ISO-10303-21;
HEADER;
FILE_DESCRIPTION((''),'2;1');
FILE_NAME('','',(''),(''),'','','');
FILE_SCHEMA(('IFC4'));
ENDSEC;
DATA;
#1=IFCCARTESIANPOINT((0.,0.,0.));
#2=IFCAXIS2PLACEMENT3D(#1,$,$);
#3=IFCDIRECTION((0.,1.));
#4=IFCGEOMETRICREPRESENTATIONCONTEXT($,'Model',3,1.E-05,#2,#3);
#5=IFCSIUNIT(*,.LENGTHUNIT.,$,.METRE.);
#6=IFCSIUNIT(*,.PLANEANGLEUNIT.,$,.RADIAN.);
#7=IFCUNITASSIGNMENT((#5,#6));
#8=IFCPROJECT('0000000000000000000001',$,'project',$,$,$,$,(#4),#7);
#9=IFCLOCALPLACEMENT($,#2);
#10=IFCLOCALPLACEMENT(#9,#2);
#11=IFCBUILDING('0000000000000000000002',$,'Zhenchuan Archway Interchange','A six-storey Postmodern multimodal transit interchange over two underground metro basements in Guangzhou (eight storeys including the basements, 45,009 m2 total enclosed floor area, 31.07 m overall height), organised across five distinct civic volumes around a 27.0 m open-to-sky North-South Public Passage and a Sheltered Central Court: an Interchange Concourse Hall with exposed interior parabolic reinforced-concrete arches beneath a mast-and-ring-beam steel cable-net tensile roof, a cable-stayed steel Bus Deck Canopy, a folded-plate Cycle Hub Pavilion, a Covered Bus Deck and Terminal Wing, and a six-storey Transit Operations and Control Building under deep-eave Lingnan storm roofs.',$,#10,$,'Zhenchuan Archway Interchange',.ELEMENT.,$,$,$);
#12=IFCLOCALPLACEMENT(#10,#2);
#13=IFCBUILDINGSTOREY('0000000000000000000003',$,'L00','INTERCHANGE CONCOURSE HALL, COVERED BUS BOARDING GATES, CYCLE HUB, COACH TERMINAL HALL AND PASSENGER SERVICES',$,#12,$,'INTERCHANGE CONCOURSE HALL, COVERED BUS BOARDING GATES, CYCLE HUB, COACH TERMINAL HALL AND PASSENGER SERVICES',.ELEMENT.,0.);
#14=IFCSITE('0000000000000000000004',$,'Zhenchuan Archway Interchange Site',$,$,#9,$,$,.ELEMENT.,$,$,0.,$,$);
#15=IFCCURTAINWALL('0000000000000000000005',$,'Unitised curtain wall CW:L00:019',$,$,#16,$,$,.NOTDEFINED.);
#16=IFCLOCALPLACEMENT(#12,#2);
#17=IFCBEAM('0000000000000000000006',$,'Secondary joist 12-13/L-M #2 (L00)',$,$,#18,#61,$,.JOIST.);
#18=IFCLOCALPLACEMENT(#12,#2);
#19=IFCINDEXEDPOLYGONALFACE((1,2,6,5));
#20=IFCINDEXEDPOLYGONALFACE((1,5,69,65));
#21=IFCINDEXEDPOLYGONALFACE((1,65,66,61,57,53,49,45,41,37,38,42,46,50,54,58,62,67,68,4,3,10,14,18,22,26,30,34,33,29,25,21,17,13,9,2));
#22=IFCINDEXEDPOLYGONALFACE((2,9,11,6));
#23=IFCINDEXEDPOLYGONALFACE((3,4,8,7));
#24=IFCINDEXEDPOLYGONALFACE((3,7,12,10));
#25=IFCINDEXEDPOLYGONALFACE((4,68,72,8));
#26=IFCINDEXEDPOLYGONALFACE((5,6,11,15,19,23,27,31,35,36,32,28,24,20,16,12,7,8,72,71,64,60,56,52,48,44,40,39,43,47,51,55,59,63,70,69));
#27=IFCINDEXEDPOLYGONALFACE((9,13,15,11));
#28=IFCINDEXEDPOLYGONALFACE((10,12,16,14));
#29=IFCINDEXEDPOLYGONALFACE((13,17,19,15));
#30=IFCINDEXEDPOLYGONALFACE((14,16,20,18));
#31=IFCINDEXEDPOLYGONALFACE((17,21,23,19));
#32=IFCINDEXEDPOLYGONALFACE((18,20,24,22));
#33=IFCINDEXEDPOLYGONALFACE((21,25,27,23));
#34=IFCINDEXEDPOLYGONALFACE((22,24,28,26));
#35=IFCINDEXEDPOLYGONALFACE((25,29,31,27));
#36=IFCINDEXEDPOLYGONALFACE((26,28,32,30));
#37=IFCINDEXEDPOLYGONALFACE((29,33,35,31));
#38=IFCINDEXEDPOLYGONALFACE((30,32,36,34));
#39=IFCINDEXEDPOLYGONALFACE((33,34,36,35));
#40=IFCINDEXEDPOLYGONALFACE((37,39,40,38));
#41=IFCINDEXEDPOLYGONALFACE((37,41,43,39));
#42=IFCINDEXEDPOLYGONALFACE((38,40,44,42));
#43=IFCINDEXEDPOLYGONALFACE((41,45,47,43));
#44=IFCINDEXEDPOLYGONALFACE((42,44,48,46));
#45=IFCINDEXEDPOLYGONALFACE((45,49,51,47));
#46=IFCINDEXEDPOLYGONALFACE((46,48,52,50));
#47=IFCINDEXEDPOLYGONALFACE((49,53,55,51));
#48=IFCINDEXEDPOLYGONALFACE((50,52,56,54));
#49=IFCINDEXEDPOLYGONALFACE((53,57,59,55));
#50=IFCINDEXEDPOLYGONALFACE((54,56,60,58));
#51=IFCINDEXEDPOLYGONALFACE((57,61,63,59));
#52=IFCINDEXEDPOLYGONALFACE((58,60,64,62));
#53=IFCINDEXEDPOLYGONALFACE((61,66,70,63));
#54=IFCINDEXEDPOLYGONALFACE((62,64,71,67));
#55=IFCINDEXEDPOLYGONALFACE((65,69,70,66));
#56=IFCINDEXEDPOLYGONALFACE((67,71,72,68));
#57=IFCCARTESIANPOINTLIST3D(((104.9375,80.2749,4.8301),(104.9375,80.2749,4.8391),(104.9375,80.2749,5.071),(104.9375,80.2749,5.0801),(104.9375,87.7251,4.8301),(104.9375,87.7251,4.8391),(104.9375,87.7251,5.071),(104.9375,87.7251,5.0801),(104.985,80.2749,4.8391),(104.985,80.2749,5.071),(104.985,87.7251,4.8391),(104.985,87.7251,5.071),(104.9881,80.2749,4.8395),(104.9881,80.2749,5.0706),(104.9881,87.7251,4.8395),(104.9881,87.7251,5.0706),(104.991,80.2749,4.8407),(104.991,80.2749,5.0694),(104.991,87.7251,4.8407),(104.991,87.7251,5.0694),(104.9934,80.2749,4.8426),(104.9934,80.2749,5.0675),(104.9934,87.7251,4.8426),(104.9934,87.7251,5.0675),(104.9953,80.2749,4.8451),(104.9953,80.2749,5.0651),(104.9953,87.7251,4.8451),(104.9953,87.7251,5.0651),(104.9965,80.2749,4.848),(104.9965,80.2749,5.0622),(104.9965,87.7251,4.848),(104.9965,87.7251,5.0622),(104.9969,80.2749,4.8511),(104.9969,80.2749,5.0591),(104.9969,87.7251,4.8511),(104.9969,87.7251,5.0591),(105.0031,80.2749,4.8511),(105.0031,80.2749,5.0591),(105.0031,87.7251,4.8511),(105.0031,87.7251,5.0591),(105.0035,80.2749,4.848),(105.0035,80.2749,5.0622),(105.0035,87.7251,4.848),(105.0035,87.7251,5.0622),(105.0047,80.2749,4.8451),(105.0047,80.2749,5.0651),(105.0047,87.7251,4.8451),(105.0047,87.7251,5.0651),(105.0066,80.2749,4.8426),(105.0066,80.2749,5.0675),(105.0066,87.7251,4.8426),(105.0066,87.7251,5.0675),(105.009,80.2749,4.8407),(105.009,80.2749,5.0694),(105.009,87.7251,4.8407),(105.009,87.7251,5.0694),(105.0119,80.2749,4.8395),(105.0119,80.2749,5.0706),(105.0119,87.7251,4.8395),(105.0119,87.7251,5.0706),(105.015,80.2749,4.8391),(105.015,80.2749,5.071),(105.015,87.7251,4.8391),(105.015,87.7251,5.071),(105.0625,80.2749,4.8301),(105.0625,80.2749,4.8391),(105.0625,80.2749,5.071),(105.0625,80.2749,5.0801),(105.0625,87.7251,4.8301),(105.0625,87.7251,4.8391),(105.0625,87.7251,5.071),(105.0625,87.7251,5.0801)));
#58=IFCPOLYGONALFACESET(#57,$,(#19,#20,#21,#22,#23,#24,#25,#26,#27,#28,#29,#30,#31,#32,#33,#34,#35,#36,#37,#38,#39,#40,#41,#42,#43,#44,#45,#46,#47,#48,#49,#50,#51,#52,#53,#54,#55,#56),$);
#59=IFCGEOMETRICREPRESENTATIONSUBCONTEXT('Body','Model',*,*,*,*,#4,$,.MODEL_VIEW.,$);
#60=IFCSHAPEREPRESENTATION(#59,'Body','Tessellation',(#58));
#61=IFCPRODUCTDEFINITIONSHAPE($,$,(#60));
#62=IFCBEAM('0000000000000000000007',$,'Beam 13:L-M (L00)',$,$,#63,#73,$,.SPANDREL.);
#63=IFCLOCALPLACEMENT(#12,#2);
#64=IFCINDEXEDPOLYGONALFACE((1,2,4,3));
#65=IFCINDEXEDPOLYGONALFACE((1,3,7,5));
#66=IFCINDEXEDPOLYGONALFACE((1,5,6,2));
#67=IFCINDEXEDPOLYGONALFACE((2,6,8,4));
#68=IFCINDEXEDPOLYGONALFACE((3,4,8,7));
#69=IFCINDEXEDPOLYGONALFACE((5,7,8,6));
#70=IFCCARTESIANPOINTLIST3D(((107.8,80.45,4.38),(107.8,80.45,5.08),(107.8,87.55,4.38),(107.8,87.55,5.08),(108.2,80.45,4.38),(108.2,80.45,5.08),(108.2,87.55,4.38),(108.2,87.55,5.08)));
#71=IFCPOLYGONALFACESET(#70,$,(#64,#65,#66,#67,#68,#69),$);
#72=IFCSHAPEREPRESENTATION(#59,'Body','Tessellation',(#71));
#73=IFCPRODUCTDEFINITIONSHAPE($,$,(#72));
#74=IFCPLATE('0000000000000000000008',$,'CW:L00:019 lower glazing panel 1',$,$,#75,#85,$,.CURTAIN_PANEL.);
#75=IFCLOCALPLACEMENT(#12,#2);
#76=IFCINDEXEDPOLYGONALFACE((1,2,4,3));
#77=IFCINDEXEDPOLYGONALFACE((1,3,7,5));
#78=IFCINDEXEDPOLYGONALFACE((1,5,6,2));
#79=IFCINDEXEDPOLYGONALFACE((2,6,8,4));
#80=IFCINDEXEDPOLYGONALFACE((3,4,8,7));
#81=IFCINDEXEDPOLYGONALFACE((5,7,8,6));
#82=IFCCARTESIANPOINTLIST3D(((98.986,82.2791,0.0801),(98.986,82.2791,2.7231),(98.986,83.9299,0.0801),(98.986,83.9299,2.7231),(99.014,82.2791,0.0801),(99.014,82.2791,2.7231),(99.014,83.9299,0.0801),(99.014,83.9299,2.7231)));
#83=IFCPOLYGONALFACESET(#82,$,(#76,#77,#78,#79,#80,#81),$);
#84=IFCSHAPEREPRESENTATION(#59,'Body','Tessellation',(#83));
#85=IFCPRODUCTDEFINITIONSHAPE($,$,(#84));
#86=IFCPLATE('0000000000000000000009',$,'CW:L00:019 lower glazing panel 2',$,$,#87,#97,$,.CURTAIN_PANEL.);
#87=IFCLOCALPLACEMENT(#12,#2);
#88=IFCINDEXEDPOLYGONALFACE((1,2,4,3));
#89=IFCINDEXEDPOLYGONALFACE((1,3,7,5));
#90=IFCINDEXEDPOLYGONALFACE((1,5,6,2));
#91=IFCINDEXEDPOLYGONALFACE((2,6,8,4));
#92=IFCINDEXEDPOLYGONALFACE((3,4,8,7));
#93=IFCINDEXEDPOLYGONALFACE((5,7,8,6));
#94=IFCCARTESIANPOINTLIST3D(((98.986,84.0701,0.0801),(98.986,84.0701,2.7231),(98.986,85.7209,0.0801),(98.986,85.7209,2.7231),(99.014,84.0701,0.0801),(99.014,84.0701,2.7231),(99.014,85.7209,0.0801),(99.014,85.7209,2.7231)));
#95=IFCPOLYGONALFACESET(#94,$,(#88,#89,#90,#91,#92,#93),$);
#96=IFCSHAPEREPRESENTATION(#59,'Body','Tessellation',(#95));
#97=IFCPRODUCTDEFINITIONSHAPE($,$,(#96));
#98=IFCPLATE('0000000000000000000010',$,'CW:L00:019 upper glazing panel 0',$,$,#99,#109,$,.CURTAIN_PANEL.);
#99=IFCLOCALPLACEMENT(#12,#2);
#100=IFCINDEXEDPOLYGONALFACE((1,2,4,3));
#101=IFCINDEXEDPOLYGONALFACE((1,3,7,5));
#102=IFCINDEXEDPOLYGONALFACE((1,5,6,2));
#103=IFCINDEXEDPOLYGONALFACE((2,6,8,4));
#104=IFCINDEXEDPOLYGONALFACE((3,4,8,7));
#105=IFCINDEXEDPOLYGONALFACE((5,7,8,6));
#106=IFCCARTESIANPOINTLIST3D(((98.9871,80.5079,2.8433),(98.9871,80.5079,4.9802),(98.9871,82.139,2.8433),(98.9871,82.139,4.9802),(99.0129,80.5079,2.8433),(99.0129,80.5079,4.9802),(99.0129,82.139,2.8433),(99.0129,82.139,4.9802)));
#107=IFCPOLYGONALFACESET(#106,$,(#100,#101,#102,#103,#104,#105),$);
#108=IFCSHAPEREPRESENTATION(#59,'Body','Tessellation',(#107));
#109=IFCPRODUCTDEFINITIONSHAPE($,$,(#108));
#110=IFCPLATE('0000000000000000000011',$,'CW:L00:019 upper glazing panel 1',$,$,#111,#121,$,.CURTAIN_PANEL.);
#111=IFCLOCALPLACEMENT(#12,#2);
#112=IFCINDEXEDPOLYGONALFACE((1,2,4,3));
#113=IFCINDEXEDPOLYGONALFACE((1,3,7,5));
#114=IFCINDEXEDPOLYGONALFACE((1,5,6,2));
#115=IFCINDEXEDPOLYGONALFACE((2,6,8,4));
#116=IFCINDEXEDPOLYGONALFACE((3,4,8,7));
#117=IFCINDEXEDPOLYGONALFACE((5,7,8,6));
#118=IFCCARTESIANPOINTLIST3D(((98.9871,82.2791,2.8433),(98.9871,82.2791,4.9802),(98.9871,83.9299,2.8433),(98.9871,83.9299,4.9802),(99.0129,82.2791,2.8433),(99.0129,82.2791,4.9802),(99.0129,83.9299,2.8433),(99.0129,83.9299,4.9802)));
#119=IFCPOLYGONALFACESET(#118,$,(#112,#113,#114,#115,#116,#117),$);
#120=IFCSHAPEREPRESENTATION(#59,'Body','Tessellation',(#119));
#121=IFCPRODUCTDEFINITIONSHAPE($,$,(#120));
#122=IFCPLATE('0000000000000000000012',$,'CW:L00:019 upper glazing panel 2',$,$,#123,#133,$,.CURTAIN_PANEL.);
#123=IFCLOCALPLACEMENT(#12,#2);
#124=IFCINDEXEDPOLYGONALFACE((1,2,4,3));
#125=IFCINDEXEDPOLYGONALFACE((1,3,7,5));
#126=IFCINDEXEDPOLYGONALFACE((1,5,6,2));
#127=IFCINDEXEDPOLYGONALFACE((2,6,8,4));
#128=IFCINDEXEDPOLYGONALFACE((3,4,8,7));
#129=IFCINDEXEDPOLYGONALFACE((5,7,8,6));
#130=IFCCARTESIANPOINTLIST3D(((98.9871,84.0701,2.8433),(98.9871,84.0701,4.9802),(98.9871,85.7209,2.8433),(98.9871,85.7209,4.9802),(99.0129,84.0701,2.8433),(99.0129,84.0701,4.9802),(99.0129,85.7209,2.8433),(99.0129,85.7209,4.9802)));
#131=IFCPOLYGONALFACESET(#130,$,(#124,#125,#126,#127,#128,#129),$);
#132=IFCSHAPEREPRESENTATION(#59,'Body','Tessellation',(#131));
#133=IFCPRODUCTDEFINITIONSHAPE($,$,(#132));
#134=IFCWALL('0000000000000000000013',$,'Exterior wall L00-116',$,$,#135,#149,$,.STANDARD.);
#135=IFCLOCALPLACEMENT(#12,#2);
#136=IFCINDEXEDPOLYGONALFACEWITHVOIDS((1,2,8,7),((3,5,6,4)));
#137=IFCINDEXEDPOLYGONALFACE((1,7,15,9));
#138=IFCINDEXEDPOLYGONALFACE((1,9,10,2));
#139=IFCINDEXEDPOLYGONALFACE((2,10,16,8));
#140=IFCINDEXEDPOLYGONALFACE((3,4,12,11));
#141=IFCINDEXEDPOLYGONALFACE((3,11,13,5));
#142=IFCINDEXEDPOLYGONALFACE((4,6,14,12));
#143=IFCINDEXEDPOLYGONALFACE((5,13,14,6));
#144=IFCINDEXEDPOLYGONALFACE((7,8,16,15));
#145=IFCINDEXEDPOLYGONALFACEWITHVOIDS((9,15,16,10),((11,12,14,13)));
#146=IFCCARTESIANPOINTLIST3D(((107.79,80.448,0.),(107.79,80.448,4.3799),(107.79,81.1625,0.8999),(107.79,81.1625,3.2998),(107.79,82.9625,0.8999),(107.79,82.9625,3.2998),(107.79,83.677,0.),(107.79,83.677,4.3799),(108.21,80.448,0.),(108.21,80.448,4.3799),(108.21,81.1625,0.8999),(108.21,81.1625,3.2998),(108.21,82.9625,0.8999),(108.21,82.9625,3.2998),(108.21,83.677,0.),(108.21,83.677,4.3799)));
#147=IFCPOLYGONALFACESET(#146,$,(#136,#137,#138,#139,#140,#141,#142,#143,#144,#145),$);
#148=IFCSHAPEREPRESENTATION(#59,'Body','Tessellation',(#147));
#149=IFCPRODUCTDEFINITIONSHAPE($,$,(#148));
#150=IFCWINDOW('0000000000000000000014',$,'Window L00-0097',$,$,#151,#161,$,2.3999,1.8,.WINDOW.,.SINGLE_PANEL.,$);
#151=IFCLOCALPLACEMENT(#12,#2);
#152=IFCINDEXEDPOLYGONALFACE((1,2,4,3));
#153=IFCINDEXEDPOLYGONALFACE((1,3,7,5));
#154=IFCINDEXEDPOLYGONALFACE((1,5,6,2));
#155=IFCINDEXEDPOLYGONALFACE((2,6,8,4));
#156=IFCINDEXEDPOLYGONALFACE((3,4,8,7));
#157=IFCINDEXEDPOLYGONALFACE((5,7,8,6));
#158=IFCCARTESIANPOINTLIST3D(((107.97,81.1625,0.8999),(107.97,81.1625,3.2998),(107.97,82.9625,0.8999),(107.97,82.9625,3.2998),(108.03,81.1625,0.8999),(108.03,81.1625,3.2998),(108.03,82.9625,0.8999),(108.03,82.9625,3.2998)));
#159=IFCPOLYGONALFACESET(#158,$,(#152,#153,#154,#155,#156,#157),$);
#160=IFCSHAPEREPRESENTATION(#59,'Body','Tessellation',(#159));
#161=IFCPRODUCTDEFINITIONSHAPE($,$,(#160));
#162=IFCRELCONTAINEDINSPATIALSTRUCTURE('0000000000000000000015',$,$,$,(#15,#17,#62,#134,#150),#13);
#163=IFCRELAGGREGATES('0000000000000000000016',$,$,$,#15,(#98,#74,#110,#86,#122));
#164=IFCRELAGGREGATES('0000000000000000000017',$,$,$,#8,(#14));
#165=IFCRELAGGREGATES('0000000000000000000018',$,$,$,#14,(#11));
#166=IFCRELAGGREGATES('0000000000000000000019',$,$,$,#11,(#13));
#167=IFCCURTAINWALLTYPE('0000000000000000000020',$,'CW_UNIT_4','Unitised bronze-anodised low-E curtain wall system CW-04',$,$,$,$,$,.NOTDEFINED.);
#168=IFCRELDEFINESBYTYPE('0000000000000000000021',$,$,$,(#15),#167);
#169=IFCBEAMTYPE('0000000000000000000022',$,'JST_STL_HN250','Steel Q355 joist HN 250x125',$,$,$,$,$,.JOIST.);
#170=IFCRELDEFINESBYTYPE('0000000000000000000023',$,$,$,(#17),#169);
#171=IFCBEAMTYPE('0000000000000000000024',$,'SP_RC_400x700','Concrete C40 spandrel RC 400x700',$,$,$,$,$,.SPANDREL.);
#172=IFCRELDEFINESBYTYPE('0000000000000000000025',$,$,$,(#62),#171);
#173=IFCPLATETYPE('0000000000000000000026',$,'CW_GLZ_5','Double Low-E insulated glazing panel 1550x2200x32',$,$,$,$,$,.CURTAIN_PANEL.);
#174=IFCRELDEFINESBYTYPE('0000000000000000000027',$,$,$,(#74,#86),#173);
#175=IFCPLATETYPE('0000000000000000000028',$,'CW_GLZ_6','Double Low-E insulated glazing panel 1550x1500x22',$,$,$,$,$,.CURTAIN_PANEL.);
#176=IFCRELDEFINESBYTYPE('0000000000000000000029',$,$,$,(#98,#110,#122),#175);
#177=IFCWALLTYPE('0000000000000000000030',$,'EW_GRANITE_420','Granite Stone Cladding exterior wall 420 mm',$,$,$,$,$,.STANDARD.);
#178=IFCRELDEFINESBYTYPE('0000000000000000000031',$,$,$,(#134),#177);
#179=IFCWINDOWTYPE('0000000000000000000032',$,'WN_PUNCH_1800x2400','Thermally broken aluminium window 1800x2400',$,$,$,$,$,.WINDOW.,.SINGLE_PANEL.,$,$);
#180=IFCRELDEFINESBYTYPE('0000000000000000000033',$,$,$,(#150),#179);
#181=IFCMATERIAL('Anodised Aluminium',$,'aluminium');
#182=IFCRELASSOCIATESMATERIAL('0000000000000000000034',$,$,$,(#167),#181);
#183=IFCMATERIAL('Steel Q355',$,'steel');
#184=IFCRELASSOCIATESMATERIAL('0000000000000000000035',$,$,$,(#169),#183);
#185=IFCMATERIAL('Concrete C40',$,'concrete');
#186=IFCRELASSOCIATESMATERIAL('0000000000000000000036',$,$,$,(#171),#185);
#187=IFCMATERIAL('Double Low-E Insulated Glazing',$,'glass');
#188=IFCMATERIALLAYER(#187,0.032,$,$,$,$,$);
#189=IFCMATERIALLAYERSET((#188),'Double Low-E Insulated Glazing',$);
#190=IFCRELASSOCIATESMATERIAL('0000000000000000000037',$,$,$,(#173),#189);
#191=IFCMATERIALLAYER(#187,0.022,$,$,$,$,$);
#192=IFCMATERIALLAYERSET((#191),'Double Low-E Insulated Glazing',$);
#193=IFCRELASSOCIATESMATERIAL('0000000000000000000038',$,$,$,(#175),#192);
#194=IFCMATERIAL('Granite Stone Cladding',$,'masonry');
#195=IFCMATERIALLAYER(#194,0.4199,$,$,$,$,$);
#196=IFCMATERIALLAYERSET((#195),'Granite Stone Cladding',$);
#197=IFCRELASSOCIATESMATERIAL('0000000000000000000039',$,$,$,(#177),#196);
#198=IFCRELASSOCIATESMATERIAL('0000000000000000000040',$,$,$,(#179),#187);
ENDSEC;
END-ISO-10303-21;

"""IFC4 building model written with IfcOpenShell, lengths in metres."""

from ifc_helpers import new_model, si_unit, direction, frame, frame_2d, origin, origin_2d, place, context, subcontext, project, spatial, rectangle, i_section, extrude, material, layer, layer_set, material_profile, profile_set, type_object, element, fill, aggregate, save


model = new_model("IFC4")

# Units and contexts
model_context = context("Model", 3, precision=1e-05, world=origin(), true_north=direction((0.0, 1.0)))
body_context = subcontext(model_context, "Body", "Model", "MODEL_VIEW")
ifc_project = project(units=[si_unit("LENGTHUNIT", "METRE"), si_unit("PLANEANGLEUNIT", "RADIAN")], contexts=[model_context])

# Site, building, storey
site_placement = place(None, origin())
site = spatial("IfcSite", under=ifc_project, at=site_placement, Name="Zhenchuan Archway Interchange Site", CompositionType="ELEMENT", RefElevation=0.0)
building_placement = place(site_placement, origin())
building = spatial("IfcBuilding", under=site, at=building_placement, Name="Zhenchuan Archway Interchange", Description="A six-storey Postmodern multimodal transit interchange over two underground metro basements in Guangzhou (eight storeys including the basements, 45,009 m2 total enclosed floor area, 31.07 m overall height), organised across five distinct civic volumes around a 27.0 m open-to-sky North-South Public Passage and a Sheltered Central Court: an Interchange Concourse Hall with exposed interior parabolic reinforced-concrete arches beneath a mast-and-ring-beam steel cable-net tensile roof, a cable-stayed steel Bus Deck Canopy, a folded-plate Cycle Hub Pavilion, a Covered Bus Deck and Terminal Wing, and a six-storey Transit Operations and Control Building under deep-eave Lingnan storm roofs.", LongName="Zhenchuan Archway Interchange", CompositionType="ELEMENT")
storey_placement = place(building_placement, origin())
storey = spatial("IfcBuildingStorey", under=building, at=storey_placement, Name="L00", Description="INTERCHANGE CONCOURSE HALL, COVERED BUS BOARDING GATES, CYCLE HUB, COACH TERMINAL HALL AND PASSENGER SERVICES", LongName="INTERCHANGE CONCOURSE HALL, COVERED BUS BOARDING GATES, CYCLE HUB, COACH TERMINAL HALL AND PASSENGER SERVICES", CompositionType="ELEMENT", Elevation=0.0)

# Shared definitions
ifc_material_1 = material(Name="Concrete C40", Category="concrete")

# Curtain wall
ifc_material_2 = material(Name="Anodised Aluminium", Category="aluminium")
curtain_wall_type = type_object("IfcCurtainWallType", Name="CW_UNIT_4", Description="Unitised bronze-anodised low-E curtain wall system CW-04", PredefinedType="NOTDEFINED", material=ifc_material_2)
curtain_wall_placement = place(storey_placement, origin())
curtain_wall = element("IfcCurtainWall", 1, at=curtain_wall_placement, inside=storey, type_object=curtain_wall_type, Name="Unitised curtain wall CW:L00:019", PredefinedType="NOTDEFINED")

# Beams
ifc_material_3 = material(Name="Steel Q355", Category="steel")
ifc_material_profile_1 = material_profile(ifc_material_3, i_section(OverallWidth=0.125, OverallDepth=0.25, WebThickness=0.0061, FlangeThickness=0.009, FilletRadius=0.012, at=origin_2d()), Name="HN 250x125")
ifc_profile_set_1 = profile_set([ifc_material_profile_1], Name="Steel Q355")
beam_type_1 = type_object("IfcBeamType", Name="JST_STL_HN250", Description="Steel Q355 joist HN 250x125", PredefinedType="JOIST", material=ifc_profile_set_1)
for number, where, z_axis, x_axis, name in (
    (2, (105.0, 80.2749, 4.9551), (0.0, 1.0, 0.0), (-1.0, 0.0, 0.0), "Secondary joist 12-13/L-M #2 (L00)"),
):
    element("IfcBeam", number, at=place(storey_placement, frame(where, z_axis=z_axis, x_axis=x_axis)), inside=storey, type_object=beam_type_1, Name=name, PredefinedType="JOIST", context=body_context, shape_type="SweptSolid", body=[
        extrude(i_section(OverallWidth=0.125, OverallDepth=0.25, WebThickness=0.0061, FlangeThickness=0.009, FilletRadius=0.012, at=origin_2d()), origin(), (0.0, 0.0, 1.0), 7.4502),
    ])
ifc_material_profile_2 = material_profile(ifc_material_1, rectangle(XDim=0.3999, YDim=0.7, at=origin_2d()), Name="RC 400x700")
ifc_profile_set_2 = profile_set([ifc_material_profile_2], Name="Concrete C40")
beam_type_2 = type_object("IfcBeamType", Name="SP_RC_400x700", Description="Concrete C40 spandrel RC 400x700", PredefinedType="SPANDREL", material=ifc_profile_set_2)
beam_placement = place(storey_placement, frame((108.0, 80.45, 4.73), z_axis=(0.0, 1.0, 0.0), x_axis=(-1.0, 0.0, 0.0)))
element("IfcBeam", 3, at=beam_placement, inside=storey, type_object=beam_type_2, Name="Beam 13:L-M (L00)", PredefinedType="SPANDREL", context=body_context, shape_type="SweptSolid", body=[
    extrude(rectangle(XDim=0.3999, YDim=0.7, at=origin_2d()), origin(), (0.0, 0.0, 1.0), 7.1001),
])

# Plates
ifc_material_4 = material(Name="Double Low-E Insulated Glazing", Category="glass")
ifc_layer_1 = layer(ifc_material_4, 0.032)
ifc_layer_set_1 = layer_set([ifc_layer_1], Name="Double Low-E Insulated Glazing")
plate_type_1 = type_object("IfcPlateType", Name="CW_GLZ_5", Description="Double Low-E insulated glazing panel 1550x2200x32", PredefinedType="CURTAIN_PANEL", material=ifc_layer_set_1)
plate_1_placement = place(storey_placement, frame((99.0, 83.1045, 0.0801), z_axis=(0.0, 0.0, 1.0), x_axis=(0.0, 1.0, 0.0)))
plate_1 = element("IfcPlate", 4, at=plate_1_placement, type_object=plate_type_1, Name="CW:L00:019 lower glazing panel 1", PredefinedType="CURTAIN_PANEL", context=body_context, shape_type="SweptSolid", body=[
    extrude(rectangle(XDim=1.6509, YDim=0.0281, at=origin_2d()), origin(), (0.0, 0.0, 1.0), 2.6431),
])
plate_2_placement = place(storey_placement, frame((99.0, 84.8955, 0.0801), z_axis=(0.0, 0.0, 1.0), x_axis=(0.0, 1.0, 0.0)))
plate_2 = element("IfcPlate", 5, at=plate_2_placement, type_object=plate_type_1, Name="CW:L00:019 lower glazing panel 2", PredefinedType="CURTAIN_PANEL", context=body_context, shape_type="SweptSolid", body=[
    extrude(rectangle(XDim=1.6509, YDim=0.0281, at=origin_2d()), origin(), (0.0, 0.0, 1.0), 2.6431),
])
ifc_layer_2 = layer(ifc_material_4, 0.022)
ifc_layer_set_2 = layer_set([ifc_layer_2], Name="Double Low-E Insulated Glazing")
plate_type_2 = type_object("IfcPlateType", Name="CW_GLZ_6", Description="Double Low-E insulated glazing panel 1550x1500x22", PredefinedType="CURTAIN_PANEL", material=ifc_layer_set_2)
plate_3_placement = place(storey_placement, frame((99.0, 81.3235, 2.8433), z_axis=(0.0, 0.0, 1.0), x_axis=(0.0, 1.0, 0.0)))
plate_3 = element("IfcPlate", 6, at=plate_3_placement, type_object=plate_type_2, Name="CW:L00:019 upper glazing panel 0", PredefinedType="CURTAIN_PANEL", context=body_context, shape_type="SweptSolid", body=[
    extrude(rectangle(XDim=1.6311, YDim=0.0259, at=origin_2d()), origin(), (0.0, 0.0, 1.0), 2.137),
])
plate_4_placement = place(storey_placement, frame((99.0, 83.1045, 2.8433), z_axis=(0.0, 0.0, 1.0), x_axis=(0.0, 1.0, 0.0)))
plate_4 = element("IfcPlate", 7, at=plate_4_placement, type_object=plate_type_2, Name="CW:L00:019 upper glazing panel 1", PredefinedType="CURTAIN_PANEL", context=body_context, shape_type="SweptSolid", body=[
    extrude(rectangle(XDim=1.6509, YDim=0.0259, at=origin_2d()), origin(), (0.0, 0.0, 1.0), 2.137),
])
plate_5_placement = place(storey_placement, frame((99.0, 84.8955, 2.8433), z_axis=(0.0, 0.0, 1.0), x_axis=(0.0, 1.0, 0.0)))
plate_5 = element("IfcPlate", 8, at=plate_5_placement, type_object=plate_type_2, Name="CW:L00:019 upper glazing panel 2", PredefinedType="CURTAIN_PANEL", context=body_context, shape_type="SweptSolid", body=[
    extrude(rectangle(XDim=1.6509, YDim=0.0259, at=origin_2d()), origin(), (0.0, 0.0, 1.0), 2.137),
])
aggregate(curtain_wall, [plate_3, plate_1, plate_4, plate_2, plate_5])

# Wall, opening, window
ifc_material_5 = material(Name="Granite Stone Cladding", Category="masonry")
ifc_layer_3 = layer(ifc_material_5, 0.4199)
ifc_layer_set_3 = layer_set([ifc_layer_3], Name="Granite Stone Cladding")
wall_type = type_object("IfcWallType", Name="EW_GRANITE_420", Description="Granite Stone Cladding exterior wall 420 mm", PredefinedType="STANDARD", material=ifc_layer_set_3)
wall_placement = place(storey_placement, frame((108.0, 83.677, 0.0), z_axis=(0.0, 0.0, 1.0), x_axis=(0.0, -1.0, 0.0)))
wall = element("IfcWall", 9, at=wall_placement, inside=storey, type_object=wall_type, Name="Exterior wall L00-116", PredefinedType="STANDARD", context=body_context, shape_type="SweptSolid", body=[
    extrude(rectangle(XDim=3.229, YDim=0.4199, at=frame_2d((1.6145, 0.0))), origin(), (0.0, 0.0, 1.0), 4.3799),
])
opening_placement = place(wall_placement, frame((0.7146, 0.0, 0.8999)))
opening = element("IfcOpeningElement", 10, at=opening_placement, cuts=wall, PredefinedType="OPENING", context=body_context, shape_type="SweptSolid", body=[
    extrude(rectangle(XDim=1.8, YDim=2.3999, at=frame_2d((0.8999, 1.2))), frame((0.0, 0.2219, 0.0), z_axis=(0.0, -1.0, 0.0), x_axis=(1.0, 0.0, 0.0)), (0.0, 0.0, 1.0), 0.4438),
])
window_type = type_object("IfcWindowType", Name="WN_PUNCH_1800x2400", Description="Thermally broken aluminium window 1800x2400", PartitioningType="SINGLE_PANEL", PredefinedType="WINDOW", material=ifc_material_4)
window_placement = place(opening_placement, origin())
window = element("IfcWindow", 11, at=window_placement, inside=storey, type_object=window_type, Name="Window L00-0097", OverallHeight=2.3999, OverallWidth=1.8, PartitioningType="SINGLE_PANEL", PredefinedType="WINDOW", context=body_context, shape_type="SweptSolid", body=[
    extrude(rectangle(XDim=1.8, YDim=2.3999, at=frame_2d((0.8999, 1.2))), frame((0.0, 0.03, 0.0), z_axis=(0.0, -1.0, 0.0), x_axis=(1.0, 0.0, 0.0)), (0.0, 0.0, 1.0), 0.0601),
])
fill(opening, window)

save(model, "model.ifc")
